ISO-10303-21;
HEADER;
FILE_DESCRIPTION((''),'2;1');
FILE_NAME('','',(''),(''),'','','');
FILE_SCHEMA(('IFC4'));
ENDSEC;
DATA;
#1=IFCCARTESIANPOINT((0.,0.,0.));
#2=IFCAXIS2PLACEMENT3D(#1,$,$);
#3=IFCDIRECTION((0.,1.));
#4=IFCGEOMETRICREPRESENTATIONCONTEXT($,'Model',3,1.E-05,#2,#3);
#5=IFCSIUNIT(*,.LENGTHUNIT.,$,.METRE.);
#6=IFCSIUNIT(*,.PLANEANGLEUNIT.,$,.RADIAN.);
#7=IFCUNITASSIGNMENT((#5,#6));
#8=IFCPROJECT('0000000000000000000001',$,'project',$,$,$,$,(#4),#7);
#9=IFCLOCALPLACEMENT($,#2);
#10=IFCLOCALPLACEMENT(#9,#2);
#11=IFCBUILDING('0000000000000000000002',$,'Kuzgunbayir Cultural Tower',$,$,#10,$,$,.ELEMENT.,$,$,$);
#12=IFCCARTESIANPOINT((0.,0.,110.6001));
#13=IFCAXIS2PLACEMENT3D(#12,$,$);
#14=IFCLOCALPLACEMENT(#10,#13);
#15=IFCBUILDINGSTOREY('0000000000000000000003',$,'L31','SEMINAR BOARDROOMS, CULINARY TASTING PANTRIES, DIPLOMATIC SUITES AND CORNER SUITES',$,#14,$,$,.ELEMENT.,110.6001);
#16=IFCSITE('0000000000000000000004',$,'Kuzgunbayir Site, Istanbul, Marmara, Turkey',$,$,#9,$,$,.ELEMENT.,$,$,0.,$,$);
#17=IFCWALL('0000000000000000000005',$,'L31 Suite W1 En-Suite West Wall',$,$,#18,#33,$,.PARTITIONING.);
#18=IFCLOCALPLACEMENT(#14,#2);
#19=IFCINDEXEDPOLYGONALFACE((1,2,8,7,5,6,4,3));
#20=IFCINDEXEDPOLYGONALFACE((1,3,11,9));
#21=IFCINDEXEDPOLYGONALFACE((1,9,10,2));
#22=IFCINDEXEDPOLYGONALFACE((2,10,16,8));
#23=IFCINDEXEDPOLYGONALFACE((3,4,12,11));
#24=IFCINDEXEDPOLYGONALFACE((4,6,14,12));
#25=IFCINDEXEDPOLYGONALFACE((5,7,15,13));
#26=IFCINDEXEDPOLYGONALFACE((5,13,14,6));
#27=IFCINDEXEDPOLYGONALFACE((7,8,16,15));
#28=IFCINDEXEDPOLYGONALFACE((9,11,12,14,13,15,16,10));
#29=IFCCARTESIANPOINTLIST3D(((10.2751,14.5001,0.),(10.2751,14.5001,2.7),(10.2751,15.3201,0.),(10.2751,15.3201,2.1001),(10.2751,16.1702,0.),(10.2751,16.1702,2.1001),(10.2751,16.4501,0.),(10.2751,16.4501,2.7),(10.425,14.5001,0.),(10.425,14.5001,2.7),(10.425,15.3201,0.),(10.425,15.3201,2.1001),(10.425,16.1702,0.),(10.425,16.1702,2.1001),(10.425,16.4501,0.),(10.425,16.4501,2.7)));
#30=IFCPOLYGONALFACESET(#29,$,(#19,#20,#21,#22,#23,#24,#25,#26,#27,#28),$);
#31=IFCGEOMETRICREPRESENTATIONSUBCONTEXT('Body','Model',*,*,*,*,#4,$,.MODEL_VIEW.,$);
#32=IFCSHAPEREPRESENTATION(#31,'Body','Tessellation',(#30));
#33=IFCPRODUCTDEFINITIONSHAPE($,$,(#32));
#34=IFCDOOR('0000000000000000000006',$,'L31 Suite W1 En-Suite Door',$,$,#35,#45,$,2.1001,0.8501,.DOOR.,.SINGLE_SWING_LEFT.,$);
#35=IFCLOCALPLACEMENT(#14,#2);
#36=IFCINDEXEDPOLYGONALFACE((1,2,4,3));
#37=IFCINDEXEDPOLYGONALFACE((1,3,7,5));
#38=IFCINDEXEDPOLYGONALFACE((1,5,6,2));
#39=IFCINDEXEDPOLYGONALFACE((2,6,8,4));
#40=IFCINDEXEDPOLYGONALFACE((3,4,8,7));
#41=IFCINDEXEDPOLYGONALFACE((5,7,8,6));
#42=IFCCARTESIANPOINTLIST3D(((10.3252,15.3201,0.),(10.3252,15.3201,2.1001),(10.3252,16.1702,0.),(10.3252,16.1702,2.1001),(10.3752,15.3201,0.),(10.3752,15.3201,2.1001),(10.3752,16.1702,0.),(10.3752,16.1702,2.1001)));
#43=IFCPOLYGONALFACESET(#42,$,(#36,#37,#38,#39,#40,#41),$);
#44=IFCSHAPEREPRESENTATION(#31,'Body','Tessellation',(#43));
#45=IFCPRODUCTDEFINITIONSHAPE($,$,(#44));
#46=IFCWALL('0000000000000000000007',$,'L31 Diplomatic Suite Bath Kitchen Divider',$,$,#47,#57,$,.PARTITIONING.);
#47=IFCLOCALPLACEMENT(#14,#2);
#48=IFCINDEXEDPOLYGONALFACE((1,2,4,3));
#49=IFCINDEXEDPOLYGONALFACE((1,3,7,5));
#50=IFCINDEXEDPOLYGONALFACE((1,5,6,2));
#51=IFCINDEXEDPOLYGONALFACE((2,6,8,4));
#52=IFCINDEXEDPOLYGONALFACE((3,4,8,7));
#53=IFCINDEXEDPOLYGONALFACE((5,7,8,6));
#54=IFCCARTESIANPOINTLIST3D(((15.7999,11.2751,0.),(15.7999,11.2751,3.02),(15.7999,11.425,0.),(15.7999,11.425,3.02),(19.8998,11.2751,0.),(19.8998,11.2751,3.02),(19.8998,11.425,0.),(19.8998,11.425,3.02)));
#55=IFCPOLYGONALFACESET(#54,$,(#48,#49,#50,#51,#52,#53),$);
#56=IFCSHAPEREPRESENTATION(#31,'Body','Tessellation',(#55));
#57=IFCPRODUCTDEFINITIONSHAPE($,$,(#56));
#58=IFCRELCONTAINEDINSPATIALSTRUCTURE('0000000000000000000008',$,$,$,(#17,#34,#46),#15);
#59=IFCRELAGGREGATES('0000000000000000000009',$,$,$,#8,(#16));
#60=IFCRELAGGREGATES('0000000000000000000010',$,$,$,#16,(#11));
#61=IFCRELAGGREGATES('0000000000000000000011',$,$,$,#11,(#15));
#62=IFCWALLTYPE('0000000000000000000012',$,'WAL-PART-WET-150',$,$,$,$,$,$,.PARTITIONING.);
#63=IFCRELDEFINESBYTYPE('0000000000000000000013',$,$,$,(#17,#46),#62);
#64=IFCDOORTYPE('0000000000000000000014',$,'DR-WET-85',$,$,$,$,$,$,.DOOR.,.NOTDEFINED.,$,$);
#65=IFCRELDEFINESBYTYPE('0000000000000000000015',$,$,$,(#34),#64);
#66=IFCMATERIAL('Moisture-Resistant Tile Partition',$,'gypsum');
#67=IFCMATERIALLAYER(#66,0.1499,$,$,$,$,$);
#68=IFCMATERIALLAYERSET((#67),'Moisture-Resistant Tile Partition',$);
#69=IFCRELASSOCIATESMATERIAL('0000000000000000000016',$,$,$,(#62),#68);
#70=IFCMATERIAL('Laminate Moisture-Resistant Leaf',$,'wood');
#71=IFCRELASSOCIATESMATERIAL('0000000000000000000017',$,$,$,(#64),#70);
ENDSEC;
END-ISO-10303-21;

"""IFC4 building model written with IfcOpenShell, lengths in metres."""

from ifc_helpers import new_model, si_unit, direction, frame, frame_2d, origin, place, context, subcontext, project, spatial, rectangle, extrude, material, layer, layer_set, type_object, element, fill, save


model = new_model("IFC4")

# Units and contexts
model_context = context("Model", 3, precision=1e-05, world=origin(), true_north=direction((0.0, 1.0)))
body_context = subcontext(model_context, "Body", "Model", "MODEL_VIEW")
ifc_project = project(units=[si_unit("LENGTHUNIT", "METRE"), si_unit("PLANEANGLEUNIT", "RADIAN")], contexts=[model_context])

# Site, building, storey
site_placement = place(None, origin())
site = spatial("IfcSite", under=ifc_project, at=site_placement, Name="Kuzgunbayir Site, Istanbul, Marmara, Turkey", CompositionType="ELEMENT", RefElevation=0.0)
building_placement = place(site_placement, origin())
building = spatial("IfcBuilding", under=site, at=building_placement, Name="Kuzgunbayir Cultural Tower", CompositionType="ELEMENT")
storey_placement = place(building_placement, frame((0.0, 0.0, 110.6001)))
storey = spatial("IfcBuildingStorey", under=building, at=storey_placement, Name="L31", Description="SEMINAR BOARDROOMS, CULINARY TASTING PANTRIES, DIPLOMATIC SUITES AND CORNER SUITES", CompositionType="ELEMENT", Elevation=110.6001)

# Shared definitions
ifc_material_1 = material(Name="Laminate Moisture-Resistant Leaf", Category="wood")

# Shared definitions
ifc_material_2 = material(Name="Moisture-Resistant Tile Partition", Category="gypsum")
ifc_layer_1 = layer(ifc_material_2, 0.1499)
ifc_layer_set_1 = layer_set([ifc_layer_1], Name="Moisture-Resistant Tile Partition")
wall_type_1 = type_object("IfcWallType", Name="WAL-PART-WET-150", PredefinedType="PARTITIONING", material=ifc_layer_set_1)

# Wall, opening, door
wall_1_placement = place(storey_placement, frame((10.3501, 14.5, 0.0), z_axis=(0.0, 0.0, 1.0), x_axis=(0.0, 1.0, 0.0)))
wall_1 = element("IfcWall", 1, at=wall_1_placement, inside=storey, type_object=wall_type_1, Name="L31 Suite W1 En-Suite West Wall", PredefinedType="PARTITIONING", context=body_context, shape_type="SweptSolid", body=[
    extrude(rectangle(XDim=1.95, YDim=0.1499, at=frame_2d((0.9751, 0.0))), origin(), (0.0, 0.0, 1.0), 2.7),
])
opening_1_placement = place(wall_1_placement, frame((0.8201, 0.0, 0.0)))
opening_1 = element("IfcOpeningElement", 2, at=opening_1_placement, cuts=wall_1, PredefinedType="OPENING", context=body_context, shape_type="SweptSolid", body=[
    extrude(rectangle(XDim=0.8501, YDim=2.1001, at=frame_2d((0.425, 1.05))), frame((0.0, 0.085, 0.0), z_axis=(0.0, -1.0, 0.0), x_axis=(1.0, 0.0, 0.0)), (0.0, 0.0, 1.0), 0.1699),
])
door_type_1 = type_object("IfcDoorType", Name="DR-WET-85", OperationType="NOTDEFINED", PredefinedType="DOOR", material=ifc_material_1)
door_1_placement = place(opening_1_placement, origin())
door_1 = element("IfcDoor", 3, at=door_1_placement, inside=storey, type_object=door_type_1, Name="L31 Suite W1 En-Suite Door", OperationType="SINGLE_SWING_LEFT", OverallHeight=2.1001, OverallWidth=0.8501, PredefinedType="DOOR", context=body_context, shape_type="SweptSolid", body=[
    extrude(rectangle(XDim=0.8501, YDim=2.1001, at=frame_2d((0.425, 1.05))), frame((0.0, 0.0249, 0.0), z_axis=(0.0, -1.0, 0.0), x_axis=(1.0, 0.0, 0.0)), (0.0, 0.0, 1.0), 0.05),
])
fill(opening_1, door_1)

# Wall
wall_2_placement = place(storey_placement, frame((15.8, 11.3501, 0.0), z_axis=(0.0, 0.0, 1.0), x_axis=(1.0, 0.0, 0.0)))
element("IfcWall", 4, at=wall_2_placement, inside=storey, type_object=wall_type_1, Name="L31 Diplomatic Suite Bath Kitchen Divider", PredefinedType="PARTITIONING", context=body_context, shape_type="SweptSolid", body=[
    extrude(rectangle(XDim=4.0999, YDim=0.1499, at=frame_2d((2.0498, 0.0))), origin(), (0.0, 0.0, 1.0), 3.02),
])

save(model, "model.ifc")
